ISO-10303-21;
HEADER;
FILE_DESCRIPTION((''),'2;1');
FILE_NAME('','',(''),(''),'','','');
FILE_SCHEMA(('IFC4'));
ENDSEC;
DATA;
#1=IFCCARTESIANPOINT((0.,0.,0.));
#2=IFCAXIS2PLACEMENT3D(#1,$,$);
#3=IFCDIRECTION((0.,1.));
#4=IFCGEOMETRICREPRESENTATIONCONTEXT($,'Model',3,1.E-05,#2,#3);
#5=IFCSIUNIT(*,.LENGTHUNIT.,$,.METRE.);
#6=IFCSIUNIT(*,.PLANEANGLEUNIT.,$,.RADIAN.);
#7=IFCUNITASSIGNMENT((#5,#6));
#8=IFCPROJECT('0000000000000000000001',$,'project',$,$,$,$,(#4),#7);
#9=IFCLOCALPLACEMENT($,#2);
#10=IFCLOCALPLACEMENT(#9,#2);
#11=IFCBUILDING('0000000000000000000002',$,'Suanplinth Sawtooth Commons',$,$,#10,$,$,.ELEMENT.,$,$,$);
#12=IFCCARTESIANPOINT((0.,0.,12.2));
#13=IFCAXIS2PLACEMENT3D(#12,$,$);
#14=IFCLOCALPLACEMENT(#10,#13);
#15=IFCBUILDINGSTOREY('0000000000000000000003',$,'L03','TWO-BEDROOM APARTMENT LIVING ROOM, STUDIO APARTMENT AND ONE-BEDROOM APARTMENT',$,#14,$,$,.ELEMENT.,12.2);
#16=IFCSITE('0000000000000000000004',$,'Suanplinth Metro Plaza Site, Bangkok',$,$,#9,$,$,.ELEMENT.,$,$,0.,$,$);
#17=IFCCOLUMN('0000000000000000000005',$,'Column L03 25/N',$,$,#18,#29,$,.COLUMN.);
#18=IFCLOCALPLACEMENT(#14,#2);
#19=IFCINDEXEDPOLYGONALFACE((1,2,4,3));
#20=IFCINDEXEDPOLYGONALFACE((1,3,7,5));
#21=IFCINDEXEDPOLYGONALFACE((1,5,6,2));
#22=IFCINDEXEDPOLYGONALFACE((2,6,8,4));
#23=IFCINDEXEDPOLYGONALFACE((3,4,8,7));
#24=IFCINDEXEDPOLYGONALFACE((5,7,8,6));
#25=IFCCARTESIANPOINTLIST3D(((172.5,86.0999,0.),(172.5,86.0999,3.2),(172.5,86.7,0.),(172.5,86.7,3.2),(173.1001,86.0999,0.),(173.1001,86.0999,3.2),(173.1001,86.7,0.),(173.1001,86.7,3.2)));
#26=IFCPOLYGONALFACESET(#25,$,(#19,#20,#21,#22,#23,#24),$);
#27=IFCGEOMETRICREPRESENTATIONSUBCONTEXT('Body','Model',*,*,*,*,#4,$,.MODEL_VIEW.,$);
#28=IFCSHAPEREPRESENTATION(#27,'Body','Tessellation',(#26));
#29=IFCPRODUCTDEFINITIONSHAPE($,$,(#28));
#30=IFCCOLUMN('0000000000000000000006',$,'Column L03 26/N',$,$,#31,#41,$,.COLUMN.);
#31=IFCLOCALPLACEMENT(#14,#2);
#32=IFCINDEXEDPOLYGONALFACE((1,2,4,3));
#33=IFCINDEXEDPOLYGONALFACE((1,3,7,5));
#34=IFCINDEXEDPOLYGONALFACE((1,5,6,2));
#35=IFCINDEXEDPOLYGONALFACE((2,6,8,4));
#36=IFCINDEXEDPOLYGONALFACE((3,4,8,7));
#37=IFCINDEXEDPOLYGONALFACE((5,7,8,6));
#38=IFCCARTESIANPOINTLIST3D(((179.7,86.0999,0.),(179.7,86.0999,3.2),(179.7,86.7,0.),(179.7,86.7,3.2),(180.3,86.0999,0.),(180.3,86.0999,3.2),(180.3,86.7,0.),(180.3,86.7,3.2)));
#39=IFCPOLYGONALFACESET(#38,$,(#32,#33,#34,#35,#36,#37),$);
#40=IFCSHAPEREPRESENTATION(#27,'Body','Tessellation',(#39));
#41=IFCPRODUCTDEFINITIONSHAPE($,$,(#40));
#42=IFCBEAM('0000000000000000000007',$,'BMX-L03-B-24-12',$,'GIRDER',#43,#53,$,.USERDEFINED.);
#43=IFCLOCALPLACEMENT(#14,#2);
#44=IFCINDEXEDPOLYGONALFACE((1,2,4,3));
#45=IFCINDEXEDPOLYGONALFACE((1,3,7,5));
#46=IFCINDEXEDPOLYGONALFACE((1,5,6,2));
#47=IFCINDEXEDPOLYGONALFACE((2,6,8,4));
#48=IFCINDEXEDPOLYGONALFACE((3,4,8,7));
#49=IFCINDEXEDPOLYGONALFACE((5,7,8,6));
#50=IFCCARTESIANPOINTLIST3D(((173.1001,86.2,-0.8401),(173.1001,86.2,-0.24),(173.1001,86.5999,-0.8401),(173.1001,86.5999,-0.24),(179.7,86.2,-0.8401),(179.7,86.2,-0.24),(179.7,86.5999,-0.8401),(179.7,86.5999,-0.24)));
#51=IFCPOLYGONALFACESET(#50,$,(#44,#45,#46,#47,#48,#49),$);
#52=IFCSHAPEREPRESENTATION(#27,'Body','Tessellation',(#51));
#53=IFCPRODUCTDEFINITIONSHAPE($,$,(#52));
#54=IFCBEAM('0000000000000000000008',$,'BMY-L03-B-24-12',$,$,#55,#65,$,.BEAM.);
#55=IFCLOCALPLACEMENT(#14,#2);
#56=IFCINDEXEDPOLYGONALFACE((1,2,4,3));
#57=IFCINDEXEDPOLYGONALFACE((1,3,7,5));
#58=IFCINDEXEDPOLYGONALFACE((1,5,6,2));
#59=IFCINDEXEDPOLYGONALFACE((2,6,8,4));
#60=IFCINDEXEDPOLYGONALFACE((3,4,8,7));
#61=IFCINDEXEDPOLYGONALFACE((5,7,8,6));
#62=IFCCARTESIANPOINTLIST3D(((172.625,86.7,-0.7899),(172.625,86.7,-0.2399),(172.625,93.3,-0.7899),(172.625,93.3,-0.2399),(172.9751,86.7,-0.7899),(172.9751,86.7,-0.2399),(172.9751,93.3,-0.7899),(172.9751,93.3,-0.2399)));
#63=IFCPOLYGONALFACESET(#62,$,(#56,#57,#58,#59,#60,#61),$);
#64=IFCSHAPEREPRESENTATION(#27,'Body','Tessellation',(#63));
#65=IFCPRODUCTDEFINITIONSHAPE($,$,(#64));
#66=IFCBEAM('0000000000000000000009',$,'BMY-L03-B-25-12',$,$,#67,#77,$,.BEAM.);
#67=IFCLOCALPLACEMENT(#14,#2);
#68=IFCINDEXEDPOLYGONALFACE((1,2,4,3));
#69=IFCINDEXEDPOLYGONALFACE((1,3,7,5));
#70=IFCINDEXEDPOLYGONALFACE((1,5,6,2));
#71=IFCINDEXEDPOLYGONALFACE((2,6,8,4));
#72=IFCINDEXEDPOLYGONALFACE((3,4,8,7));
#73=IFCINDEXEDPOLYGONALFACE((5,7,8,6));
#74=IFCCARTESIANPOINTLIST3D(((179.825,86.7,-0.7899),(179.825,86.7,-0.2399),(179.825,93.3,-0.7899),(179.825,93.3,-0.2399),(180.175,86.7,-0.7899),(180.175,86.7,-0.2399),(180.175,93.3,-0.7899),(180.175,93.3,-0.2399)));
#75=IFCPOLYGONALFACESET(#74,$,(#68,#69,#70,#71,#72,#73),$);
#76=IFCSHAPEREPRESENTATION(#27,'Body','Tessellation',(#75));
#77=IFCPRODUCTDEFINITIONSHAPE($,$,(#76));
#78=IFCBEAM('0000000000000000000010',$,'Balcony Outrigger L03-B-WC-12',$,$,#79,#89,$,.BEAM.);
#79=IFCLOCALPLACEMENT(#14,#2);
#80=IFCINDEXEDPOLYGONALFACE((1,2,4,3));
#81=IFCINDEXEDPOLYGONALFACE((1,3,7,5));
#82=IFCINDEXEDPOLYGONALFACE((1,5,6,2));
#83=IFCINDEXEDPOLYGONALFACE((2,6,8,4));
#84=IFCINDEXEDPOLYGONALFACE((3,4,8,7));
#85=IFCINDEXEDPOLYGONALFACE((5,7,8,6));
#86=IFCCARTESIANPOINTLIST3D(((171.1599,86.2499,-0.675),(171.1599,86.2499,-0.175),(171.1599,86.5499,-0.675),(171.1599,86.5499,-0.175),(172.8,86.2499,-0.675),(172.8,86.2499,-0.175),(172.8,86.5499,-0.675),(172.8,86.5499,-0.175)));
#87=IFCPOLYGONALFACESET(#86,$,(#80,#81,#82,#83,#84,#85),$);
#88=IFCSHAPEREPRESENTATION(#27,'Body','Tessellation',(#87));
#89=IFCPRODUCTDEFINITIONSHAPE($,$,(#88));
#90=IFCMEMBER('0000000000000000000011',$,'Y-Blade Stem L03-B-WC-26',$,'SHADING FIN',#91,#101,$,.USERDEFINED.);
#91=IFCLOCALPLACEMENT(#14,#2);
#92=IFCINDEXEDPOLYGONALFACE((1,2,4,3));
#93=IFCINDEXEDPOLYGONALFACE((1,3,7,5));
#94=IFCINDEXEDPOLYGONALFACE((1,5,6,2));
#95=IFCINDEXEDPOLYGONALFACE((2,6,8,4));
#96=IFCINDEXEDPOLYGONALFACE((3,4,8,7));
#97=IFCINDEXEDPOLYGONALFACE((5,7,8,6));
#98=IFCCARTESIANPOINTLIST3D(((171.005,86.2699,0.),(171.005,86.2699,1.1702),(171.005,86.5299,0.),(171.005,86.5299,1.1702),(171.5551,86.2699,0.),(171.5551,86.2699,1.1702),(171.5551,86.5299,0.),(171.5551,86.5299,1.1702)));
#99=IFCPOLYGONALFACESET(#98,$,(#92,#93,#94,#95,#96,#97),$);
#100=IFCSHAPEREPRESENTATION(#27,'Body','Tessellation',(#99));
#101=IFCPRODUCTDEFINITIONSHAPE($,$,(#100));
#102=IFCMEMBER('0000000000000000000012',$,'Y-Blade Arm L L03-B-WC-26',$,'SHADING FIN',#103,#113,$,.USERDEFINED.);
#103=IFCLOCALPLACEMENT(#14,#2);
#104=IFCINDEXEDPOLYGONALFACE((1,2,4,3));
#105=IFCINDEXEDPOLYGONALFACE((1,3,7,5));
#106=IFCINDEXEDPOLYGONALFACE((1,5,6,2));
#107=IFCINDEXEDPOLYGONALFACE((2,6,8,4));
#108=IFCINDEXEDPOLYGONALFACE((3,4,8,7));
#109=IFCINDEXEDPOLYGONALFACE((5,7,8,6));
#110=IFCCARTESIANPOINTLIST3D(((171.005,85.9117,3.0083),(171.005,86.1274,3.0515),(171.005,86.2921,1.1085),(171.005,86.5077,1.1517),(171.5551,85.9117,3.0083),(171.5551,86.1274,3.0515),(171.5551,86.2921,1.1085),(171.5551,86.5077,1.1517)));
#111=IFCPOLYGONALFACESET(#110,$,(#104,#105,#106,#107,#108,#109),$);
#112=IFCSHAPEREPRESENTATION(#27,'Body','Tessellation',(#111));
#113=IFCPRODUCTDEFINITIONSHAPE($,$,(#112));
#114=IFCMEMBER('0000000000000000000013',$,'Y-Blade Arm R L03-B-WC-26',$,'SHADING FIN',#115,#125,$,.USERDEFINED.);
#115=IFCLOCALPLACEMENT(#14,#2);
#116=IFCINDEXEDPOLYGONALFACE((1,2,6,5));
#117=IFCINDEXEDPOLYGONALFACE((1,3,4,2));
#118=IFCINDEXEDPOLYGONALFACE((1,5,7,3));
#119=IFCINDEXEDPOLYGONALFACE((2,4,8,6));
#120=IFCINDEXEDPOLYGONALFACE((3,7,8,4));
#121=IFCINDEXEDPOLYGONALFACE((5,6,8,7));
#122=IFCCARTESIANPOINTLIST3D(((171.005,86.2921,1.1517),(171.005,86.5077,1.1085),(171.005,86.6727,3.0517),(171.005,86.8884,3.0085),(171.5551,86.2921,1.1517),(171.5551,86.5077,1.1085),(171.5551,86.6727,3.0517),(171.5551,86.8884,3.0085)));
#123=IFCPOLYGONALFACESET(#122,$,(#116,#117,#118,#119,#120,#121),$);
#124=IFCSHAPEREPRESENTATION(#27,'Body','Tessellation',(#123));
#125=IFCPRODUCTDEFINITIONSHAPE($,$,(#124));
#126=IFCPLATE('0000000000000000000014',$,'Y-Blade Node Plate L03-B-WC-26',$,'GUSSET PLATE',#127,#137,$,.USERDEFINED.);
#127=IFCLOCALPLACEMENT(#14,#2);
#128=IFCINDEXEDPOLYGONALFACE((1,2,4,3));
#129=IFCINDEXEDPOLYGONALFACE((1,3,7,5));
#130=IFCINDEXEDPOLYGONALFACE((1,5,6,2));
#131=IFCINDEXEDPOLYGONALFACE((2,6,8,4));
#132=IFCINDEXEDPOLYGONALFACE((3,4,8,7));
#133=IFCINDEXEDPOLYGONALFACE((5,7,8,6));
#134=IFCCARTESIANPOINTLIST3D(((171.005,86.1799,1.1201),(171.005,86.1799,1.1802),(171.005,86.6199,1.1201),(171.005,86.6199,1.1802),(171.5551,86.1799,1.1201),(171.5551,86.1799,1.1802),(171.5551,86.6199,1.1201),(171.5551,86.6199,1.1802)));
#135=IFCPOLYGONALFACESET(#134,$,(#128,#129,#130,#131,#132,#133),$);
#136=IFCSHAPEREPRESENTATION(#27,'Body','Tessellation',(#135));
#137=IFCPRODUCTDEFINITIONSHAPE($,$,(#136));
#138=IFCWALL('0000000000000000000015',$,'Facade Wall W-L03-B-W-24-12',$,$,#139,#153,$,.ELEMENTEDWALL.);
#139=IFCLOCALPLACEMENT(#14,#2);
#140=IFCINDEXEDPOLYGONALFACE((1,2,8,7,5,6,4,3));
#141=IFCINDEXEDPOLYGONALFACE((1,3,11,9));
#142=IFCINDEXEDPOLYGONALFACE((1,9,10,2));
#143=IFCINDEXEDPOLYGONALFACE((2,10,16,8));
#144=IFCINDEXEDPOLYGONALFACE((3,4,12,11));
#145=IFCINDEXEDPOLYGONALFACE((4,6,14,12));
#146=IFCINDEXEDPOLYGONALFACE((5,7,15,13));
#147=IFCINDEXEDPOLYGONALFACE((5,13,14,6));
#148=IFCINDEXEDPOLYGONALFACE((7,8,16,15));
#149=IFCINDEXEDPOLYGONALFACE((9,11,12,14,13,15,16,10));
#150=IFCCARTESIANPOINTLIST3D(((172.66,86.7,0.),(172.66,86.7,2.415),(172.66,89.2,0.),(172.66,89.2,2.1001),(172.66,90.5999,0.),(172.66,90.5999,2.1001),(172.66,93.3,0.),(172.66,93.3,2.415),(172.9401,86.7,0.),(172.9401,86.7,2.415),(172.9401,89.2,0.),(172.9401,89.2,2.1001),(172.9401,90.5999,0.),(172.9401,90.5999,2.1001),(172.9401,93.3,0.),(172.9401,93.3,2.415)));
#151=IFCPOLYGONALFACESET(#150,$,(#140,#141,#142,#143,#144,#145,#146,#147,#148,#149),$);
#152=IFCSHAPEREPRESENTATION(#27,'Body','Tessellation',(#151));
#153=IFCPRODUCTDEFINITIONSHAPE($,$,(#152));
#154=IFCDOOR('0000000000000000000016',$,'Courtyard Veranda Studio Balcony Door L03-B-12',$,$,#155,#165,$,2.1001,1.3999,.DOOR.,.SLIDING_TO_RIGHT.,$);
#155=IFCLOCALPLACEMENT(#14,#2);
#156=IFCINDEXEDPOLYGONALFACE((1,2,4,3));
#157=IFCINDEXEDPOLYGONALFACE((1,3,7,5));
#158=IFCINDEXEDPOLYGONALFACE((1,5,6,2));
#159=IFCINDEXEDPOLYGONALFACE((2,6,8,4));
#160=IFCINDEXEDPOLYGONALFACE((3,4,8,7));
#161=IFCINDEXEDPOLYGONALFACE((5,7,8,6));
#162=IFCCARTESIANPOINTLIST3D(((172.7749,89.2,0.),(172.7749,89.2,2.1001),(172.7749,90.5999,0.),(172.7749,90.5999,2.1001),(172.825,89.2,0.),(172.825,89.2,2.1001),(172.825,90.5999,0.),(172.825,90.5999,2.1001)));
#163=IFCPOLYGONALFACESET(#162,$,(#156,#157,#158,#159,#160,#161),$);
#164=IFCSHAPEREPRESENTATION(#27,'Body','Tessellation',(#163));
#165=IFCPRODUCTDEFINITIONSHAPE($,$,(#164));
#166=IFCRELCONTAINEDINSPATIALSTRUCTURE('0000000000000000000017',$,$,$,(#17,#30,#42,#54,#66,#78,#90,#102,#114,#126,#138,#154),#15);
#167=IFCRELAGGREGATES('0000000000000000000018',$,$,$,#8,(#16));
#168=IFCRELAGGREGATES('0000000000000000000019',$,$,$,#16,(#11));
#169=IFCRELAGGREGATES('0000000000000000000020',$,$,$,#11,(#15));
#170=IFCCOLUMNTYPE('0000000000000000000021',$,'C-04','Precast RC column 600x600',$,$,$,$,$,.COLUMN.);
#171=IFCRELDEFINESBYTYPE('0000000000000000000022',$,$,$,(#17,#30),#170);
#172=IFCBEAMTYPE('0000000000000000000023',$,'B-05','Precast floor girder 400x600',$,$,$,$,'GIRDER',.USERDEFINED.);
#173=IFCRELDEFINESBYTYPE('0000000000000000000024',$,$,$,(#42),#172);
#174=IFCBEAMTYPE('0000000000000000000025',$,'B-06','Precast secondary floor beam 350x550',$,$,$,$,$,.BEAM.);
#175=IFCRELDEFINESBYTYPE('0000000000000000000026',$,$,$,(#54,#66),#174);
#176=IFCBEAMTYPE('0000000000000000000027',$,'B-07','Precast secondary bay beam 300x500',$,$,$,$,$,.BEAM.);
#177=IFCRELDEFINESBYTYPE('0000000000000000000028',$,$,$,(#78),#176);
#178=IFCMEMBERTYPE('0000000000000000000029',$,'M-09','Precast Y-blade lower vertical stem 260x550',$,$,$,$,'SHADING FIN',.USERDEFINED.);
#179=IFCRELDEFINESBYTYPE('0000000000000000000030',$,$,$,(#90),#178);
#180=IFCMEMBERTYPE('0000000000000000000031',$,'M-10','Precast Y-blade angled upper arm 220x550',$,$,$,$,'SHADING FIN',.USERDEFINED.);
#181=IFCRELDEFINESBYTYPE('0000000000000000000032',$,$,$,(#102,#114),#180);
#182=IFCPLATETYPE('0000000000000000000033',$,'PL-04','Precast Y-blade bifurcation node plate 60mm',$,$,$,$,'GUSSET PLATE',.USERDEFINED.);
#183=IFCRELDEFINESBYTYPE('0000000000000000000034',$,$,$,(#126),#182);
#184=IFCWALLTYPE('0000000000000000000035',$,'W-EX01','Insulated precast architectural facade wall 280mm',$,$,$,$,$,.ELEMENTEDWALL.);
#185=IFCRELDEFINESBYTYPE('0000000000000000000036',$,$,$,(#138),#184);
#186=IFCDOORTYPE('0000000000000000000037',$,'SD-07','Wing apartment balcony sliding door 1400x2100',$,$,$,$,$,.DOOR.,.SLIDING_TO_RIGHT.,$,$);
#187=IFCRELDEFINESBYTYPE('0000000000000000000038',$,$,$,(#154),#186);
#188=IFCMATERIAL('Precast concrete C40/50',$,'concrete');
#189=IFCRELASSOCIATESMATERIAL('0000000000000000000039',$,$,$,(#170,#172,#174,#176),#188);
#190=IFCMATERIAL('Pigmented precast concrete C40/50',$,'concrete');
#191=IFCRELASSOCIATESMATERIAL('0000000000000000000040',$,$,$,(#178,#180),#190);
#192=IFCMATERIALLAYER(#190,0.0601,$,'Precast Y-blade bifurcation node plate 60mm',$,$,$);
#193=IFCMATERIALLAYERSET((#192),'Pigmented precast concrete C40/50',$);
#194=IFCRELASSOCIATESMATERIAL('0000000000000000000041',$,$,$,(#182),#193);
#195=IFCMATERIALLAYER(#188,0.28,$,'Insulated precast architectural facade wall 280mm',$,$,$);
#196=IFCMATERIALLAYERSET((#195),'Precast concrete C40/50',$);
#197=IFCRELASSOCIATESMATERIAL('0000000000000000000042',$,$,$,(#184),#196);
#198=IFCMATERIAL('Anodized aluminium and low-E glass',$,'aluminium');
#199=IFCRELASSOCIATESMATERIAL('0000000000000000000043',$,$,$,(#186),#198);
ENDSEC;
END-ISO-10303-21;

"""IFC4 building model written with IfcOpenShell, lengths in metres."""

from ifc_helpers import new_model, si_unit, direction, frame, frame_2d, origin, origin_2d, place, context, subcontext, project, spatial, rectangle, extrude, material, layer, layer_set, material_profile, profile_set, type_object, element, fill, save


model = new_model("IFC4")

# Units and contexts
model_context = context("Model", 3, precision=1e-05, world=origin(), true_north=direction((0.0, 1.0)))
body_context = subcontext(model_context, "Body", "Model", "MODEL_VIEW")
ifc_project = project(units=[si_unit("LENGTHUNIT", "METRE"), si_unit("PLANEANGLEUNIT", "RADIAN")], contexts=[model_context])

# Site, building, storey
site_placement = place(None, origin())
site = spatial("IfcSite", under=ifc_project, at=site_placement, Name="Suanplinth Metro Plaza Site, Bangkok", CompositionType="ELEMENT", RefElevation=0.0)
building_placement = place(site_placement, origin())
building = spatial("IfcBuilding", under=site, at=building_placement, Name="Suanplinth Sawtooth Commons", CompositionType="ELEMENT")
storey_placement = place(building_placement, frame((0.0, 0.0, 12.2)))
storey = spatial("IfcBuildingStorey", under=building, at=storey_placement, Name="L03", Description="TWO-BEDROOM APARTMENT LIVING ROOM, STUDIO APARTMENT AND ONE-BEDROOM APARTMENT", CompositionType="ELEMENT", Elevation=12.2)

# Columns
ifc_material_1 = material(Name="Precast concrete C40/50", Category="concrete")
ifc_material_profile_1 = material_profile(ifc_material_1, rectangle(XDim=0.6001, YDim=0.6001, at=origin_2d()), Name="PC-COL 600x600")
ifc_profile_set_1 = profile_set([ifc_material_profile_1], Name="Precast concrete C40/50")
column_type = type_object("IfcColumnType", Name="C-04", Description="Precast RC column 600x600", PredefinedType="COLUMN", material=ifc_profile_set_1)
for number, where, z_axis, x_axis, name in (
    (1, (172.8, 86.3999, 0.0), (0.0, 0.0, 1.0), (1.0, 0.0, 0.0), "Column L03 25/N"),
    (2, (180.0, 86.3999, 0.0), (0.0, 0.0, 1.0), (1.0, 0.0, 0.0), "Column L03 26/N"),
):
    element("IfcColumn", number, at=place(storey_placement, frame(where, z_axis=z_axis, x_axis=x_axis)), inside=storey, type_object=column_type, Name=name, PredefinedType="COLUMN", context=body_context, shape_type="SweptSolid", body=[
        extrude(rectangle(XDim=0.6001, YDim=0.6001, at=origin_2d()), origin(), (0.0, 0.0, 1.0), 3.2),
    ])

# Beams
ifc_material_profile_2 = material_profile(ifc_material_1, rectangle(XDim=0.3999, YDim=0.6001, at=origin_2d()), Name="PC-GDR 400x600")
ifc_profile_set_2 = profile_set([ifc_material_profile_2], Name="Precast concrete C40/50")
beam_type_1 = type_object("IfcBeamType", Name="B-05", Description="Precast floor girder 400x600", ElementType="GIRDER", PredefinedType="USERDEFINED", material=ifc_profile_set_2)
beam_1_placement = place(storey_placement, frame((173.1001, 86.3999, -0.54), z_axis=(1.0, 0.0, 0.0), x_axis=(0.0, 1.0, 0.0)))
element("IfcBeam", 3, at=beam_1_placement, inside=storey, type_object=beam_type_1, Name="BMX-L03-B-24-12", ObjectType="GIRDER", PredefinedType="USERDEFINED", context=body_context, shape_type="SweptSolid", body=[
    extrude(rectangle(XDim=0.3999, YDim=0.6001, at=origin_2d()), origin(), (0.0, 0.0, 1.0), 6.5999),
])
ifc_material_profile_3 = material_profile(ifc_material_1, rectangle(XDim=0.3501, YDim=0.55, at=origin_2d()), Name="PC-BM 350x550")
ifc_profile_set_3 = profile_set([ifc_material_profile_3], Name="Precast concrete C40/50")
beam_type_2 = type_object("IfcBeamType", Name="B-06", Description="Precast secondary floor beam 350x550", PredefinedType="BEAM", material=ifc_profile_set_3)
for number, where, z_axis, x_axis, name in (
    (4, (172.8, 86.7, -0.5149), (0.0, 1.0, 0.0), (-1.0, 0.0, 0.0), "BMY-L03-B-24-12"),
    (5, (180.0, 86.7, -0.5149), (0.0, 1.0, 0.0), (-1.0, 0.0, 0.0), "BMY-L03-B-25-12"),
):
    element("IfcBeam", number, at=place(storey_placement, frame(where, z_axis=z_axis, x_axis=x_axis)), inside=storey, type_object=beam_type_2, Name=name, PredefinedType="BEAM", context=body_context, shape_type="SweptSolid", body=[
        extrude(rectangle(XDim=0.3501, YDim=0.55, at=origin_2d()), origin(), (0.0, 0.0, 1.0), 6.6001),
    ])
ifc_material_profile_4 = material_profile(ifc_material_1, rectangle(XDim=0.3, YDim=0.5, at=origin_2d()), Name="PC-BM 300x500")
ifc_profile_set_4 = profile_set([ifc_material_profile_4], Name="Precast concrete C40/50")
beam_type_3 = type_object("IfcBeamType", Name="B-07", Description="Precast secondary bay beam 300x500", PredefinedType="BEAM", material=ifc_profile_set_4)
beam_2_placement = place(storey_placement, frame((172.8, 86.3999, -0.425), z_axis=(-1.0, 0.0, 0.0), x_axis=(0.0, -1.0, 0.0)))
element("IfcBeam", 6, at=beam_2_placement, inside=storey, type_object=beam_type_3, Name="Balcony Outrigger L03-B-WC-12", PredefinedType="BEAM", context=body_context, shape_type="SweptSolid", body=[
    extrude(rectangle(XDim=0.3, YDim=0.5, at=origin_2d()), origin(), (0.0, 0.0, 1.0), 1.6401),
])

# Members
ifc_material_2 = material(Name="Pigmented precast concrete C40/50", Category="concrete")
ifc_material_profile_5 = material_profile(ifc_material_2, rectangle(XDim=0.26, YDim=0.55, at=origin_2d()), Name="PC-FIN 260x550")
ifc_profile_set_5 = profile_set([ifc_material_profile_5], Name="Pigmented precast concrete C40/50")
member_type_1 = type_object("IfcMemberType", Name="M-09", Description="Precast Y-blade lower vertical stem 260x550", ElementType="SHADING FIN", PredefinedType="USERDEFINED", material=ifc_profile_set_5)
member_1_placement = place(storey_placement, frame((171.28, 86.3999, 0.0), z_axis=(0.0, 0.0, 1.0), x_axis=(0.0, 1.0, 0.0)))
element("IfcMember", 7, at=member_1_placement, inside=storey, type_object=member_type_1, Name="Y-Blade Stem L03-B-WC-26", ObjectType="SHADING FIN", PredefinedType="USERDEFINED", context=body_context, shape_type="SweptSolid", body=[
    extrude(rectangle(XDim=0.26, YDim=0.55, at=origin_2d()), origin(), (0.0, 0.0, 1.0), 1.1702),
])
ifc_material_profile_6 = material_profile(ifc_material_2, rectangle(XDim=0.22, YDim=0.55, at=origin_2d()), Name="PC-FIN 220x550")
ifc_profile_set_6 = profile_set([ifc_material_profile_6], Name="Pigmented precast concrete C40/50")
member_type_2 = type_object("IfcMemberType", Name="M-10", Description="Precast Y-blade angled upper arm 220x550", ElementType="SHADING FIN", PredefinedType="USERDEFINED", material=ifc_profile_set_6)
member_2_placement = place(storey_placement, frame((171.28, 86.3999, 1.1301), z_axis=(0.0, -0.19631, 0.980542), x_axis=(0.0, 0.980542, 0.19631)))
element("IfcMember", 8, at=member_2_placement, inside=storey, type_object=member_type_2, Name="Y-Blade Arm L L03-B-WC-26", ObjectType="SHADING FIN", PredefinedType="USERDEFINED", context=body_context, shape_type="SweptSolid", body=[
    extrude(rectangle(XDim=0.22, YDim=0.55, at=origin_2d()), origin(), (0.0, 0.0, 1.0), 1.9375),
])
member_3_placement = place(storey_placement, frame((171.28, 86.3999, 1.1301), z_axis=(0.0, 0.196431, 0.980518), x_axis=(0.0, -0.980518, 0.196431)))
element("IfcMember", 9, at=member_3_placement, inside=storey, type_object=member_type_2, Name="Y-Blade Arm R L03-B-WC-26", ObjectType="SHADING FIN", PredefinedType="USERDEFINED", context=body_context, shape_type="SweptSolid", body=[
    extrude(rectangle(XDim=0.22, YDim=0.55, at=origin_2d()), origin(), (0.0, 0.0, 1.0), 1.9377),
])

# Plate
ifc_layer_1 = layer(ifc_material_2, 0.0601, Name="Precast Y-blade bifurcation node plate 60mm")
ifc_layer_set_1 = layer_set([ifc_layer_1], Name="Pigmented precast concrete C40/50")
plate_type = type_object("IfcPlateType", Name="PL-04", Description="Precast Y-blade bifurcation node plate 60mm", ElementType="GUSSET PLATE", PredefinedType="USERDEFINED", material=ifc_layer_set_1)
plate_placement = place(storey_placement, frame((171.28, 86.3999, 1.1201), z_axis=(0.0, 0.0, 1.0), x_axis=(0.0, 1.0, 0.0)))
element("IfcPlate", 10, at=plate_placement, inside=storey, type_object=plate_type, Name="Y-Blade Node Plate L03-B-WC-26", ObjectType="GUSSET PLATE", PredefinedType="USERDEFINED", context=body_context, shape_type="SweptSolid", body=[
    extrude(rectangle(XDim=0.4399, YDim=0.55, at=origin_2d()), origin(), (0.0, 0.0, 1.0), 0.0601),
])

# Wall, opening, door
ifc_layer_2 = layer(ifc_material_1, 0.28, Name="Insulated precast architectural facade wall 280mm")
ifc_layer_set_2 = layer_set([ifc_layer_2], Name="Precast concrete C40/50")
wall_type_1 = type_object("IfcWallType", Name="W-EX01", Description="Insulated precast architectural facade wall 280mm", PredefinedType="ELEMENTEDWALL", material=ifc_layer_set_2)
wall_1_placement = place(storey_placement, frame((172.8, 86.7, 0.0), z_axis=(0.0, 0.0, 1.0), x_axis=(0.0, 1.0, 0.0)))
wall_1 = element("IfcWall", 11, at=wall_1_placement, inside=storey, type_object=wall_type_1, Name="Facade Wall W-L03-B-W-24-12", PredefinedType="ELEMENTEDWALL", context=body_context, shape_type="SweptSolid", body=[
    extrude(rectangle(XDim=6.6001, YDim=0.28, at=frame_2d((3.3, 0.0))), origin(), (0.0, 0.0, 1.0), 2.415),
])
opening_1_placement = place(wall_1_placement, frame((2.5, 0.0, 0.0)))
opening_1 = element("IfcOpeningElement", 12, at=opening_1_placement, cuts=wall_1, PredefinedType="OPENING", context=body_context, shape_type="SweptSolid", body=[
    extrude(rectangle(XDim=1.3999, YDim=2.1001, at=frame_2d((0.7, 1.05))), frame((0.0, 0.1548, 0.0), z_axis=(0.0, -1.0, 0.0), x_axis=(1.0, 0.0, 0.0)), (0.0, 0.0, 1.0), 0.3098),
])
ifc_material_3 = material(Name="Anodized aluminium and low-E glass", Category="aluminium")
door_type_1 = type_object("IfcDoorType", Name="SD-07", Description="Wing apartment balcony sliding door 1400x2100", OperationType="SLIDING_TO_RIGHT", PredefinedType="DOOR", material=ifc_material_3)
door_1_placement = place(opening_1_placement, frame((1.3999, 0.0, 0.0), z_axis=(0.0, 0.0, 1.0), x_axis=(-1.0, 0.0, 0.0)))
door_1 = element("IfcDoor", 13, at=door_1_placement, inside=storey, type_object=door_type_1, Name="Courtyard Veranda Studio Balcony Door L03-B-12", OperationType="SLIDING_TO_RIGHT", OverallHeight=2.1001, OverallWidth=1.3999, PredefinedType="DOOR", context=body_context, shape_type="SweptSolid", body=[
    extrude(rectangle(XDim=1.3999, YDim=2.1001, at=frame_2d((0.7, 1.05))), frame((0.0, 0.0249, 0.0), z_axis=(0.0, -1.0, 0.0), x_axis=(1.0, 0.0, 0.0)), (0.0, 0.0, 1.0), 0.05),
])
fill(opening_1, door_1)

save(model, "model.ifc")
